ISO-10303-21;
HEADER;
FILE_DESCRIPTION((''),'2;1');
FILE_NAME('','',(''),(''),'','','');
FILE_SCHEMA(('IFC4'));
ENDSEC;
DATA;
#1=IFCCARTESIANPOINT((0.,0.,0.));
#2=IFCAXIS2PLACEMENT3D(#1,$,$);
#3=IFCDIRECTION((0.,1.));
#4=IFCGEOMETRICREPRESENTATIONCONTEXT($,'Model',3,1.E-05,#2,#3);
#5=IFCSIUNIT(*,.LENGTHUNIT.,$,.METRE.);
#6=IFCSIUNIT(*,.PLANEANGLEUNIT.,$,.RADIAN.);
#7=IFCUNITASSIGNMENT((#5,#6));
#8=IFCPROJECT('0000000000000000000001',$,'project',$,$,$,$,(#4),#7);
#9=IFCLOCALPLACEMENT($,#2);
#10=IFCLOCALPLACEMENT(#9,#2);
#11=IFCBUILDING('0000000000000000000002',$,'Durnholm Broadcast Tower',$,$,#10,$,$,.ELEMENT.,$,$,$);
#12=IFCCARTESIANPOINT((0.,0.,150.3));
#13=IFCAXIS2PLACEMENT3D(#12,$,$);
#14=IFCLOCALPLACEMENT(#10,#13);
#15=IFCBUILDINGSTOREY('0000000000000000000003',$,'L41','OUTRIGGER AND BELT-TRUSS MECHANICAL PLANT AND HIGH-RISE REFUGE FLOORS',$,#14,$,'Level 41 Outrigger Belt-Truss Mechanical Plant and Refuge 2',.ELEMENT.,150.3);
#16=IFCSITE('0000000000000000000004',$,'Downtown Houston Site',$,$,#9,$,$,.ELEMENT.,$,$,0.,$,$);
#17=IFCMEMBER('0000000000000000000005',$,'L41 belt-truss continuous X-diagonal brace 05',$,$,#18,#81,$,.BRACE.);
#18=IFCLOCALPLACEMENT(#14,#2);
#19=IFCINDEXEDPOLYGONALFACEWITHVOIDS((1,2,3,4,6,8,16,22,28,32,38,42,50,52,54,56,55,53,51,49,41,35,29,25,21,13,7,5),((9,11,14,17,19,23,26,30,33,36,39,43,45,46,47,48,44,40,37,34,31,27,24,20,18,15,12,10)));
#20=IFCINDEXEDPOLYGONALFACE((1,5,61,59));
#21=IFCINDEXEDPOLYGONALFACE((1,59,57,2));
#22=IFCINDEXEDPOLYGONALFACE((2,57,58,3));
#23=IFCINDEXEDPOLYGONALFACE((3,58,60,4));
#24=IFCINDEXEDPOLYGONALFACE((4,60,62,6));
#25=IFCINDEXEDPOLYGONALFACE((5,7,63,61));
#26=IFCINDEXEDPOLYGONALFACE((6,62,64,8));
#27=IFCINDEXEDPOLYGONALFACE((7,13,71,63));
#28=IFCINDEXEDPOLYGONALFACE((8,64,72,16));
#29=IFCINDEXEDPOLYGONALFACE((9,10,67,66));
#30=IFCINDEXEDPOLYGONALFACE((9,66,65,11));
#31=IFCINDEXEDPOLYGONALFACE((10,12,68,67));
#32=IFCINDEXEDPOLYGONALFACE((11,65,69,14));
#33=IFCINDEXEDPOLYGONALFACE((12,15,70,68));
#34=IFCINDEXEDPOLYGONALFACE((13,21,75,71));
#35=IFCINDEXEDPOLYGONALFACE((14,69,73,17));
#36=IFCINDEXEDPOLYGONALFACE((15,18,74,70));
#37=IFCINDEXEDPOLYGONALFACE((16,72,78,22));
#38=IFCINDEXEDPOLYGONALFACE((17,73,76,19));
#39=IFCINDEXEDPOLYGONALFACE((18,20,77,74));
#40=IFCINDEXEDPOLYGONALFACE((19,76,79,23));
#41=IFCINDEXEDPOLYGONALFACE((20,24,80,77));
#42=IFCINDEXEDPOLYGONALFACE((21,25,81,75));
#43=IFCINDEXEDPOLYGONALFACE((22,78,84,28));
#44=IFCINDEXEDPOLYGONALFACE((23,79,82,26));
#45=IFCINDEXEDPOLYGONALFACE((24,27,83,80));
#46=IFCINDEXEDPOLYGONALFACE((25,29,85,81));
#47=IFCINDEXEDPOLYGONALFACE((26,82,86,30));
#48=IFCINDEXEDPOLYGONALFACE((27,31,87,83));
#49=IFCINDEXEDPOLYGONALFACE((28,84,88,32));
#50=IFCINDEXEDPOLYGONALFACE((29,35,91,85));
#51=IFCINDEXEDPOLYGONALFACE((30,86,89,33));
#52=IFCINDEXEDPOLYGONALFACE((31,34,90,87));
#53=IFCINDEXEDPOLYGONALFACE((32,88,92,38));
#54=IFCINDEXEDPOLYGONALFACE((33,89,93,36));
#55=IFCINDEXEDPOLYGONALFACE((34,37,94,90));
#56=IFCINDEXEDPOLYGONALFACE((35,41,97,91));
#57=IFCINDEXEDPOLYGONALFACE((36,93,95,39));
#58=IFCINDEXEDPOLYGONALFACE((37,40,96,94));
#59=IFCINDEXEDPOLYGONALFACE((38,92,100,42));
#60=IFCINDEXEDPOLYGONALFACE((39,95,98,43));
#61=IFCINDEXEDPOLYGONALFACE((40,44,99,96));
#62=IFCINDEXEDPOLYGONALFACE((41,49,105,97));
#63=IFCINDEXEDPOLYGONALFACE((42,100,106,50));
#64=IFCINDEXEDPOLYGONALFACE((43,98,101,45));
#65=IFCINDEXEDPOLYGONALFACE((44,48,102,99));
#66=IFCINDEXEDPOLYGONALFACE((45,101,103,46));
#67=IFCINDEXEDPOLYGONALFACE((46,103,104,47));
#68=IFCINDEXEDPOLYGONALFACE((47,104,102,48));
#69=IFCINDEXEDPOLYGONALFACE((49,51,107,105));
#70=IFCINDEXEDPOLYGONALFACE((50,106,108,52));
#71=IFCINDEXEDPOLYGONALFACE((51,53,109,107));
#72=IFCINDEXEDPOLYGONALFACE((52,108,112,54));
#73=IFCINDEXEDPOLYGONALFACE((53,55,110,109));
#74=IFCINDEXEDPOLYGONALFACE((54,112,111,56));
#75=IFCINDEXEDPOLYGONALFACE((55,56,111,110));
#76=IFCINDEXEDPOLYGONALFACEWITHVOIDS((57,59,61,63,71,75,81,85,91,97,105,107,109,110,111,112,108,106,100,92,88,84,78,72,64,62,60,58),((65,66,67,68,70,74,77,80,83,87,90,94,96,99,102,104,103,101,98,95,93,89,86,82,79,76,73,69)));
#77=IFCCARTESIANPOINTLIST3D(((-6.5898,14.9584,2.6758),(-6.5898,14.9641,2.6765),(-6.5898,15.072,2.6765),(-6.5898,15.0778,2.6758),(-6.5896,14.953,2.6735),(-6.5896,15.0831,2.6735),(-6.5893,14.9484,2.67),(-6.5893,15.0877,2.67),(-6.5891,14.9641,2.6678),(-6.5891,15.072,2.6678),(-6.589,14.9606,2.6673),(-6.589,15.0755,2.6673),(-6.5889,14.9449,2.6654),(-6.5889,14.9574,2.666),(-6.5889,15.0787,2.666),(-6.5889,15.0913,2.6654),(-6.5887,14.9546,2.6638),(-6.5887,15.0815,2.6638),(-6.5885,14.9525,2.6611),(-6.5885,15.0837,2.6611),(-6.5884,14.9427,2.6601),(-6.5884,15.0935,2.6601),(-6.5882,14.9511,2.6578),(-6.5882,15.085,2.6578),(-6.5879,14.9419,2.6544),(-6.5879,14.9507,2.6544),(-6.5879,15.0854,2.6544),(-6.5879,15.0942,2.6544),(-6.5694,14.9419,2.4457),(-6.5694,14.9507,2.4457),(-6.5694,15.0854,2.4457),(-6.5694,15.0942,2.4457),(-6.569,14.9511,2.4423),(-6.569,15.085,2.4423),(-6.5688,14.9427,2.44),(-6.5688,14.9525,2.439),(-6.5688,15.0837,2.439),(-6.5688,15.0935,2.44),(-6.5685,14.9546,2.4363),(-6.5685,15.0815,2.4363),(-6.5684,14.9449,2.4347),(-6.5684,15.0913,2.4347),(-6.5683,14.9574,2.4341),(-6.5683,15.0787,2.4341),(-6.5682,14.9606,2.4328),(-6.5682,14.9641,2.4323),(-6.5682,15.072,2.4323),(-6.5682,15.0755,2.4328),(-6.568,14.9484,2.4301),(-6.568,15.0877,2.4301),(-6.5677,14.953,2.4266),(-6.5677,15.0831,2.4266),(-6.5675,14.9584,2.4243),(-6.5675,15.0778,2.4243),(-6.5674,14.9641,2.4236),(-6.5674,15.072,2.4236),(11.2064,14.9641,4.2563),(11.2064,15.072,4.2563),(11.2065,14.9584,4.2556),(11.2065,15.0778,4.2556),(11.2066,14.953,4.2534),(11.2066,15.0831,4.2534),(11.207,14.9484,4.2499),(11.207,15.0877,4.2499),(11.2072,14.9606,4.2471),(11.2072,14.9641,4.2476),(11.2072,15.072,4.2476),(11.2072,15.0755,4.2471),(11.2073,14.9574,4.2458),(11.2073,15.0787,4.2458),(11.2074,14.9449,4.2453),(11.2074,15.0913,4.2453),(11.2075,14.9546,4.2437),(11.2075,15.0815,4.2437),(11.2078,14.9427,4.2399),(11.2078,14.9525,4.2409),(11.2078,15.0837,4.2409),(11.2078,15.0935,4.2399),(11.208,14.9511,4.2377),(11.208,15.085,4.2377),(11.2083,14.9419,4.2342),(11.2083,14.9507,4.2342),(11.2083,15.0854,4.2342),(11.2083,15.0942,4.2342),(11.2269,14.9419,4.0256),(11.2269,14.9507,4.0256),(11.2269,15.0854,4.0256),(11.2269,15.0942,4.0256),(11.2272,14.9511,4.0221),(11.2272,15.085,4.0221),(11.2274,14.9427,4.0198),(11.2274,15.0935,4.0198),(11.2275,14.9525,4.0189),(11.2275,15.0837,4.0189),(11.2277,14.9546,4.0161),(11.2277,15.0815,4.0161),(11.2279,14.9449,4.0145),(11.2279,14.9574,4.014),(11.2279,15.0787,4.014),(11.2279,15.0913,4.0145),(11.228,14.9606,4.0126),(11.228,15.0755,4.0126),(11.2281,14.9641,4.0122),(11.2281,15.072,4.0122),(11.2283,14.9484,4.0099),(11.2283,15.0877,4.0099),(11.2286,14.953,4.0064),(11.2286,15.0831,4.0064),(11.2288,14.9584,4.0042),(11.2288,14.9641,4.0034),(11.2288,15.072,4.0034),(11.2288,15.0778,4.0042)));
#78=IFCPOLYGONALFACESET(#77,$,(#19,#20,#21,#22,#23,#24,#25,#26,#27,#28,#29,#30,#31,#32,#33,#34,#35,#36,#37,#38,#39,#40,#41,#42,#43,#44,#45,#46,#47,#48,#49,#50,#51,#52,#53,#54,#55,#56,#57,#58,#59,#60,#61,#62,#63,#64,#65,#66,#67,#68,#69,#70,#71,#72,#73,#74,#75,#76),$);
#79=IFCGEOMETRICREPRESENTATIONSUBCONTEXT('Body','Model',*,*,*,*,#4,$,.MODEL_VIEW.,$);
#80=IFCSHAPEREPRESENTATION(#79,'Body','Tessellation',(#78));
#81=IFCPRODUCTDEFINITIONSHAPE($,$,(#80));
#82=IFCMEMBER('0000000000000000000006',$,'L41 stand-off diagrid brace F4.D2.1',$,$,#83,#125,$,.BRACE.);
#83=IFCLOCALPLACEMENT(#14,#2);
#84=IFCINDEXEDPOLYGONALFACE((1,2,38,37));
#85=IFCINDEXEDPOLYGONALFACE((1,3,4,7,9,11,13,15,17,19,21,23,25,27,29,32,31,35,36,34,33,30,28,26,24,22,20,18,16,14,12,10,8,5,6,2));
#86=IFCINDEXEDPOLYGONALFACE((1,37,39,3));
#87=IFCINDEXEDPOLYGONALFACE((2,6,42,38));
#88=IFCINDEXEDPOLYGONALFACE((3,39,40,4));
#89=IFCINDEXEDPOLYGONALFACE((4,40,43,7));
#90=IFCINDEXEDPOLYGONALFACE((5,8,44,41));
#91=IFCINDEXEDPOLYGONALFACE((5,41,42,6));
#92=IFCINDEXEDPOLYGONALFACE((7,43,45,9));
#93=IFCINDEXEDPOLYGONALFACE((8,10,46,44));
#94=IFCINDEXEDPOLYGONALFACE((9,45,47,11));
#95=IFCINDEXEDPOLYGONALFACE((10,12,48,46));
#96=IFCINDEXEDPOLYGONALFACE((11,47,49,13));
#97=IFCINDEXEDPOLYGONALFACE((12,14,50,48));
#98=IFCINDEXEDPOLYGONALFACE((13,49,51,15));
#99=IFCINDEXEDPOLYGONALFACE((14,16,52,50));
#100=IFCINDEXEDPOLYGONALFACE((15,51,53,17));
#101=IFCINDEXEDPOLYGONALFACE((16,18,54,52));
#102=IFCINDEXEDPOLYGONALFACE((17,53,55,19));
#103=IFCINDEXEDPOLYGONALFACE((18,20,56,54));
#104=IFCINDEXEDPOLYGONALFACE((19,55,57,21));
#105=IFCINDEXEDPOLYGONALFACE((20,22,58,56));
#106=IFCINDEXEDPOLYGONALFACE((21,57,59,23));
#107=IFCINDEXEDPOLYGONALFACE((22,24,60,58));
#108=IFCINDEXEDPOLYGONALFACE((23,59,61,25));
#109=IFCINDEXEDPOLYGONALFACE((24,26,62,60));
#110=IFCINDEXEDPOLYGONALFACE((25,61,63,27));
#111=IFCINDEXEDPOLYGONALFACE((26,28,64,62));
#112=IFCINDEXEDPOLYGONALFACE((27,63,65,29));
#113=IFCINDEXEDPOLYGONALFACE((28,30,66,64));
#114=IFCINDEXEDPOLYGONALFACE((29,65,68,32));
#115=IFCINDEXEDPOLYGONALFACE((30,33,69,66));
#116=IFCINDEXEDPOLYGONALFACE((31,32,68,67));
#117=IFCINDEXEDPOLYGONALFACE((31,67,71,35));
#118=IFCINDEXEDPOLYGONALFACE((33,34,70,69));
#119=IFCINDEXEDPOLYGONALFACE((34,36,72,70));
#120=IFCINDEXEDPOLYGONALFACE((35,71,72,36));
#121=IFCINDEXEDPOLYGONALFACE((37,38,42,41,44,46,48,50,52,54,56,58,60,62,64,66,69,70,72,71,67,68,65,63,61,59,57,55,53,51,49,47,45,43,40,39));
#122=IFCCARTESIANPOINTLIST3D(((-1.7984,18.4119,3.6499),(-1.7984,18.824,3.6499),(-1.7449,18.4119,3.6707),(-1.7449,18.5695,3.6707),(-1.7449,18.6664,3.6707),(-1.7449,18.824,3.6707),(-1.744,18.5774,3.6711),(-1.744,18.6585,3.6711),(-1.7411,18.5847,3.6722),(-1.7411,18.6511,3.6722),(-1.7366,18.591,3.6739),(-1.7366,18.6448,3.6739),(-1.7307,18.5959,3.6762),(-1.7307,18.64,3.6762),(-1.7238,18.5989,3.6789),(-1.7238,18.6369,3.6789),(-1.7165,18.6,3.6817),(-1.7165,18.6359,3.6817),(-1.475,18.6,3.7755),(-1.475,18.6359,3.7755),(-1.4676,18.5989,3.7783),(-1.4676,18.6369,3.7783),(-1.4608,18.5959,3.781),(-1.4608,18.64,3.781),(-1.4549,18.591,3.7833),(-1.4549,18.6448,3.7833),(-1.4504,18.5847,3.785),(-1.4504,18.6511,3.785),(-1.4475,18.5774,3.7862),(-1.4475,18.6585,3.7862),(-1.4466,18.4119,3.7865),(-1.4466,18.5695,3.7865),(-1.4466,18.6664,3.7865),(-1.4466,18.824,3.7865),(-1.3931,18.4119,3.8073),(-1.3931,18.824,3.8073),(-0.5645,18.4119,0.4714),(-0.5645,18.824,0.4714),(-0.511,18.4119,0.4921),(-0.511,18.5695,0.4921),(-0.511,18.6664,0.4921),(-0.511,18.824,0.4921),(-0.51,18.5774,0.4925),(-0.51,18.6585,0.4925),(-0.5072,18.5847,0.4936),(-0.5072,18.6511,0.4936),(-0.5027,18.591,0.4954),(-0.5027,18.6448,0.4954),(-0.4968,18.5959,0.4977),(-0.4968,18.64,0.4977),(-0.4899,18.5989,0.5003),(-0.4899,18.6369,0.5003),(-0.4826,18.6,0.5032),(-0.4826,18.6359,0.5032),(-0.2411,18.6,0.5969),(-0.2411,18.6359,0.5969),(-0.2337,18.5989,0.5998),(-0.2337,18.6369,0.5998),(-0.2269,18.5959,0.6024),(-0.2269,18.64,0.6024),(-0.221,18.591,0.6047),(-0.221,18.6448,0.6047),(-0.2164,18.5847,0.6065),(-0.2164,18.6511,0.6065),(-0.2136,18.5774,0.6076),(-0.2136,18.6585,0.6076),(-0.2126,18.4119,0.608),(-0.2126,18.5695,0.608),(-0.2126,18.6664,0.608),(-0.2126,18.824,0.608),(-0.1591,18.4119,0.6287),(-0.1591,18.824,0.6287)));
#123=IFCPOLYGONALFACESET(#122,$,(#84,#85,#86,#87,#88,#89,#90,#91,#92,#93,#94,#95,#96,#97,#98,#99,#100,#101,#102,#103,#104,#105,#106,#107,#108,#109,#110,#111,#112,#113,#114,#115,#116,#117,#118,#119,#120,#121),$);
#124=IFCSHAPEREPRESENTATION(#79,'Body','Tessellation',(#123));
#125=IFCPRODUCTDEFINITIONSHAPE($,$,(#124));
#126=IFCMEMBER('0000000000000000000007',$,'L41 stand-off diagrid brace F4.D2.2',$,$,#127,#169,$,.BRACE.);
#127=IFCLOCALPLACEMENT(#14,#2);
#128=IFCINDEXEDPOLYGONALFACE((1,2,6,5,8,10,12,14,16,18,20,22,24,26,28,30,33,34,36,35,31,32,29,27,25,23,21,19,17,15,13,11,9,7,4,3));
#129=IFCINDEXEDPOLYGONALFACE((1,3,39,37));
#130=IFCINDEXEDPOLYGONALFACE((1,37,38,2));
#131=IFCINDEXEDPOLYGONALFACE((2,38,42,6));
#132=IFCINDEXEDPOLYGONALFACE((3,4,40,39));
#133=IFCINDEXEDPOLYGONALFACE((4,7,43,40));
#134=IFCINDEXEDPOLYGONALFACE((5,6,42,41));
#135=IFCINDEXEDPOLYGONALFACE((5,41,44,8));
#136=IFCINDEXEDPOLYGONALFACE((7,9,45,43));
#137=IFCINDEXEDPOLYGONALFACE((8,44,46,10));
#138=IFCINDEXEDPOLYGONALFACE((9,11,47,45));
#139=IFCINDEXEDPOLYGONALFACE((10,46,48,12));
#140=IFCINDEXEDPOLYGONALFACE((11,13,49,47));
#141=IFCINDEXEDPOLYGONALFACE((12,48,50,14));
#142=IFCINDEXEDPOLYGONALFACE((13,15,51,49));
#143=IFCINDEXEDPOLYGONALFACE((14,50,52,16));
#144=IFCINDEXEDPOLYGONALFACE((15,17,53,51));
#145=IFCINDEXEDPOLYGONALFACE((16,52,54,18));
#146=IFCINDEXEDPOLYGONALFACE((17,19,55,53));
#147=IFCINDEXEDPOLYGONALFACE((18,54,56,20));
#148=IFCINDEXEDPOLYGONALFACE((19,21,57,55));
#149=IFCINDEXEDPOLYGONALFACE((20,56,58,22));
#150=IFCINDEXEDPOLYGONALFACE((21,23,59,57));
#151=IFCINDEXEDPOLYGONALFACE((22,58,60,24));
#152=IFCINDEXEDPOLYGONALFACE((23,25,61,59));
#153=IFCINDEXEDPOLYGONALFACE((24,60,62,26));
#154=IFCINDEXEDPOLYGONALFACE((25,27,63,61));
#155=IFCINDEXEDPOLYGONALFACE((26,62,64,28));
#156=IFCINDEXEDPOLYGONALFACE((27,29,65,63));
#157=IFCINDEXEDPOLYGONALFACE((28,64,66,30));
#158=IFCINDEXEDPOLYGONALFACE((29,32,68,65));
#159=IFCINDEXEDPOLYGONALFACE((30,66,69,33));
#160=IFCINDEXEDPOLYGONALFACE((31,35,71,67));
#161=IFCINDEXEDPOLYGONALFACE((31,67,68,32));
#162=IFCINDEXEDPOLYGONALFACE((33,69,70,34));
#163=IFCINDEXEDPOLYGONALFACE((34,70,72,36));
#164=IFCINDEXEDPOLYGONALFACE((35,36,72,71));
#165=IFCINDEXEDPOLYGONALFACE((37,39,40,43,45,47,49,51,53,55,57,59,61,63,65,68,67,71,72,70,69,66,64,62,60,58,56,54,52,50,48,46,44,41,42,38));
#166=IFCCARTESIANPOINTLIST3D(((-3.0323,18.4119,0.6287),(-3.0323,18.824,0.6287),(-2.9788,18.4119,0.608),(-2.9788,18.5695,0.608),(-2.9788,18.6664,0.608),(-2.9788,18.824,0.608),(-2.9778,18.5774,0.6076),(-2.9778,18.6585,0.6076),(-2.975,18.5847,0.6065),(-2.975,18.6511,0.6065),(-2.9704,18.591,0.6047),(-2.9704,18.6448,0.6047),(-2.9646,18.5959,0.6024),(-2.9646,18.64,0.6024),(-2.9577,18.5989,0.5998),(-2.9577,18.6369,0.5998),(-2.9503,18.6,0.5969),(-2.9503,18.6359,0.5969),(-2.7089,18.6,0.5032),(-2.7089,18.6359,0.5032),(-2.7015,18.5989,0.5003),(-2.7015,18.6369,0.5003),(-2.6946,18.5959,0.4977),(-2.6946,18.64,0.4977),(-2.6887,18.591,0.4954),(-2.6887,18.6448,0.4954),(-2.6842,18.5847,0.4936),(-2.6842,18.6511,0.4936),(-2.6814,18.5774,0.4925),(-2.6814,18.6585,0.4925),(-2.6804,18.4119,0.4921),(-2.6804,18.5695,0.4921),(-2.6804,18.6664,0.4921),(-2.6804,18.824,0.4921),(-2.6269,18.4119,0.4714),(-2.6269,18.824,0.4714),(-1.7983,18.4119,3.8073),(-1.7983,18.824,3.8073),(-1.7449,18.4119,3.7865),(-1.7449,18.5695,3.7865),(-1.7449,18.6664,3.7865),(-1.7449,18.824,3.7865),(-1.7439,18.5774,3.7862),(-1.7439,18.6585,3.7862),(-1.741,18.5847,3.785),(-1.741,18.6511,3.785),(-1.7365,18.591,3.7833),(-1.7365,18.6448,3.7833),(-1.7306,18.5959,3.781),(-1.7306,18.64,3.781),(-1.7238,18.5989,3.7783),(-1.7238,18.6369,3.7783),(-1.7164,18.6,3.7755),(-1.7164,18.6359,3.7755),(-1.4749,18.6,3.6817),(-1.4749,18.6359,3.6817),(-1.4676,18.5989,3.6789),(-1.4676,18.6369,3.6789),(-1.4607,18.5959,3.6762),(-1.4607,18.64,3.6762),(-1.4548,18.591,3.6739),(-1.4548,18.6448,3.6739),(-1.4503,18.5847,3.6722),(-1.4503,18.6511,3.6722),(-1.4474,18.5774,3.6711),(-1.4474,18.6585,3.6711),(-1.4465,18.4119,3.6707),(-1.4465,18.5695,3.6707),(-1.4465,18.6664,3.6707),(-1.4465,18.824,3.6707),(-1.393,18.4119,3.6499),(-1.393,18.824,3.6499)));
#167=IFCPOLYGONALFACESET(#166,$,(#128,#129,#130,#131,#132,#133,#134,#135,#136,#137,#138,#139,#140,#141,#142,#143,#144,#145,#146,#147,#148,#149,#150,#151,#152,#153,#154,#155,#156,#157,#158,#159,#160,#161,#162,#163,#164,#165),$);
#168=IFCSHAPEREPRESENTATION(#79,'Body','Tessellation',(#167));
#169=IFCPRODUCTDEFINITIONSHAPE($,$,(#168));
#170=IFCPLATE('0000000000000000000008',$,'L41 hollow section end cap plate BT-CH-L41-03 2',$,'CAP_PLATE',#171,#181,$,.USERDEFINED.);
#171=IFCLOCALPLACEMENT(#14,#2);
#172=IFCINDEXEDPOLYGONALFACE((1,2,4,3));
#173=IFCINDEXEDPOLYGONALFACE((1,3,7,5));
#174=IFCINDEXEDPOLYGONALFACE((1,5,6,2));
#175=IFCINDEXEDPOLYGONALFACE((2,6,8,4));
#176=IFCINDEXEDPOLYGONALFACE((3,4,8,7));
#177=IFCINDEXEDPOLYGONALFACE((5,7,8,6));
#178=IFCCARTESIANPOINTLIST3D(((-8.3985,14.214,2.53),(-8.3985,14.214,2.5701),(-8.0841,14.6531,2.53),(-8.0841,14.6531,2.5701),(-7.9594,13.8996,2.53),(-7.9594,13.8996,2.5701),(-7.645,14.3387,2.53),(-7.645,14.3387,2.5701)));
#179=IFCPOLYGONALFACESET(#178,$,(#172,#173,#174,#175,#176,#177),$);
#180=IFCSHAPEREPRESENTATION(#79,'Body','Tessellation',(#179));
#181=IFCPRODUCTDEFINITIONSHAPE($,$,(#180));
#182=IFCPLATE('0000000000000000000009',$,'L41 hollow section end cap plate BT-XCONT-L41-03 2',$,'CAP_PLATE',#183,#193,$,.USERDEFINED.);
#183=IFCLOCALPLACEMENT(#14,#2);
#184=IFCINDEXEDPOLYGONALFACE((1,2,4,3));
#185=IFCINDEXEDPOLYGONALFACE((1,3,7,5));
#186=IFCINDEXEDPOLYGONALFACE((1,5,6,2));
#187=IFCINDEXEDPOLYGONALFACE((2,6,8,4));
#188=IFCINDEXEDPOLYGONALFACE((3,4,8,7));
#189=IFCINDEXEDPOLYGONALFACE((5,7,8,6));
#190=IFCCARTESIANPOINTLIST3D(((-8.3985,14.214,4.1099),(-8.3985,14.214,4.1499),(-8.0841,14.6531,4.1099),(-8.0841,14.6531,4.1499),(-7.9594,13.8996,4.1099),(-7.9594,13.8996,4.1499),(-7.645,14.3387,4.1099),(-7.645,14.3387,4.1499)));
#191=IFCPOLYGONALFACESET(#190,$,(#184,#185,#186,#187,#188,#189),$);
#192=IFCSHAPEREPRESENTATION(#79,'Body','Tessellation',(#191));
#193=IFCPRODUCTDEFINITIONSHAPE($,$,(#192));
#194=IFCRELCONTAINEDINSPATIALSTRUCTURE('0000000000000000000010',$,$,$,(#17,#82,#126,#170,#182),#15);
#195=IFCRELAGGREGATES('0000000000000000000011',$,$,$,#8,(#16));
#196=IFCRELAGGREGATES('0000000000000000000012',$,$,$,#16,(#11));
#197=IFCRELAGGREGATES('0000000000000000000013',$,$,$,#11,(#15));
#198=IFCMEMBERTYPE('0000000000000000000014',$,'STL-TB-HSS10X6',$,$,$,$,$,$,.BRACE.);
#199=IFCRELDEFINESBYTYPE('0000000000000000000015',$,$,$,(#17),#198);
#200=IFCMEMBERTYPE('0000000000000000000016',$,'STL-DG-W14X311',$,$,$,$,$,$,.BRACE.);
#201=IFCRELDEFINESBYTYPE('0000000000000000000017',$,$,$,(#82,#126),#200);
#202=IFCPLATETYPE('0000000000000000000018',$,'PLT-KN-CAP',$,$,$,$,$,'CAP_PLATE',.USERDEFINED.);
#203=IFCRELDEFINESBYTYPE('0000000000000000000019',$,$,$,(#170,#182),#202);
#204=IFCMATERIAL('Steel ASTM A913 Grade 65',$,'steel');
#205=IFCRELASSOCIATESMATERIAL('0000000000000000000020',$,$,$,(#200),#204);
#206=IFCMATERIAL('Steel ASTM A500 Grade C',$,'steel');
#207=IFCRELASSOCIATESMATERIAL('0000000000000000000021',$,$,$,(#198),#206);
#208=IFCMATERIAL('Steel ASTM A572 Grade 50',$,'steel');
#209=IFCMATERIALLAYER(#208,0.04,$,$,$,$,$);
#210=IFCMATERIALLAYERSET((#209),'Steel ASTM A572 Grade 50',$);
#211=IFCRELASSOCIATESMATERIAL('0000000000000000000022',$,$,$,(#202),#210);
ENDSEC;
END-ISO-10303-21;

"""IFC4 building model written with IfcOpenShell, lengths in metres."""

from ifc_helpers import new_model, si_unit, direction, frame, origin, origin_2d, place, context, subcontext, project, spatial, rectangle, hollow_rectangle, i_section, extrude, source, transform, mapped, material, layer, layer_set, material_profile, profile_set, type_object, type_shapes, element, save


model = new_model("IFC4")

# Units and contexts
model_context = context("Model", 3, precision=1e-05, world=origin(), true_north=direction((0.0, 1.0)))
body_context = subcontext(model_context, "Body", "Model", "MODEL_VIEW")
ifc_project = project(units=[si_unit("LENGTHUNIT", "METRE"), si_unit("PLANEANGLEUNIT", "RADIAN")], contexts=[model_context])

# Site, building, storey
site_placement = place(None, origin())
site = spatial("IfcSite", under=ifc_project, at=site_placement, Name="Downtown Houston Site", CompositionType="ELEMENT", RefElevation=0.0)
building_placement = place(site_placement, origin())
building = spatial("IfcBuilding", under=site, at=building_placement, Name="Durnholm Broadcast Tower", CompositionType="ELEMENT")
storey_placement = place(building_placement, frame((0.0, 0.0, 150.3)))
storey = spatial("IfcBuildingStorey", under=building, at=storey_placement, Name="L41", Description="OUTRIGGER AND BELT-TRUSS MECHANICAL PLANT AND HIGH-RISE REFUGE FLOORS", LongName="Level 41 Outrigger Belt-Truss Mechanical Plant and Refuge 2", CompositionType="ELEMENT", Elevation=150.3)

# Members
ifc_material_1 = material(Name="Steel ASTM A913 Grade 65", Category="steel")
ifc_material_profile_1 = material_profile(ifc_material_1, i_section(OverallWidth=0.4121, OverallDepth=0.4348, WebThickness=0.0359, FlangeThickness=0.0574, FilletRadius=0.0305, at=origin_2d()), Name="W14X311")
ifc_profile_set_1 = profile_set([ifc_material_profile_1], Name="Steel ASTM A913 Grade 65")
member_type_1 = type_object("IfcMemberType", Name="STL-DG-W14X311", PredefinedType="BRACE", material=ifc_profile_set_1)
ifc_material_2 = material(Name="Steel ASTM A500 Grade C", Category="steel")
ifc_material_profile_2 = material_profile(ifc_material_2, hollow_rectangle(XDim=0.1523, YDim=0.2539, WallThickness=0.0088, InnerFilletRadius=0.0134, OuterFilletRadius=0.0222, at=origin_2d()), Name="HSS10X6X3/8")
ifc_profile_set_2 = profile_set([ifc_material_profile_2], Name="Steel ASTM A500 Grade C")
member_type_2 = type_object("IfcMemberType", Name="STL-TB-HSS10X6", PredefinedType="BRACE", material=ifc_profile_set_2)
shared_shape_1 = source(origin(), body_context, "Body", "SweptSolid", [
    extrude(hollow_rectangle(XDim=0.1523, YDim=0.2539, WallThickness=0.0088, InnerFilletRadius=0.0134, OuterFilletRadius=0.0222, at=origin_2d()), origin(), (0.0, 0.0, 1.0), 17.8662),
])
type_shapes(member_type_2, [shared_shape_1])
member_1_placement = place(storey_placement, frame((-6.5786, 15.0181, 2.55), z_axis=(0.996083, 0.0, 0.088426), x_axis=(0.0, 1.0, 0.0)))
element("IfcMember", 1, at=member_1_placement, inside=storey, type_object=member_type_2, Name="L41 belt-truss continuous X-diagonal brace 05", PredefinedType="BRACE", context=body_context, shape_type="MappedRepresentation", body=[
    mapped(shared_shape_1, transform((0.0, 0.0, 0.0), x_axis=(1.0, 0.0, 0.0), y_axis=(0.0, 1.0, 0.0), z_axis=(0.0, 0.0, 1.0), scale=1.0)),
])
shared_shape_2 = source(origin(), body_context, "Body", "SweptSolid", [
    extrude(i_section(OverallWidth=0.4121, OverallDepth=0.4348, WebThickness=0.0359, FlangeThickness=0.0574, FilletRadius=0.0305, at=origin_2d()), origin(), (0.0, 0.0, 1.0), 3.4097),
])
for number, where, z_axis, x_axis, name in (
    (2, (-0.3618, 18.6179, 0.55), (-0.36189, 0.0, 0.932221), (0.0, -1.0, 0.0), "L41 stand-off diagrid brace F4.D2.1"),
    (3, (-2.8296, 18.6179, 0.55), (0.36189, 0.0, 0.932221), (0.0, 1.0, 0.0), "L41 stand-off diagrid brace F4.D2.2"),
):
    element("IfcMember", number, at=place(storey_placement, frame(where, z_axis=z_axis, x_axis=x_axis)), inside=storey, type_object=member_type_1, Name=name, PredefinedType="BRACE", context=body_context, shape_type="MappedRepresentation", body=[
        mapped(shared_shape_2, transform((0.0, 0.0, 0.0), x_axis=(1.0, 0.0, 0.0), y_axis=(0.0, 1.0, 0.0), z_axis=(0.0, 0.0, 1.0), scale=1.0)),
    ])

# Plates
ifc_material_3 = material(Name="Steel ASTM A572 Grade 50", Category="steel")
ifc_layer_1 = layer(ifc_material_3, 0.04)
ifc_layer_set_1 = layer_set([ifc_layer_1], Name="Steel ASTM A572 Grade 50")
plate_type_1 = type_object("IfcPlateType", Name="PLT-KN-CAP", ElementType="CAP_PLATE", PredefinedType="USERDEFINED", material=ifc_layer_set_1)
shared_shape_3 = source(origin(), body_context, "Body", "SweptSolid", [
    extrude(rectangle(XDim=0.54, YDim=0.54, at=origin_2d()), origin(), (0.0, 0.0, 1.0), 0.04),
])
type_shapes(plate_type_1, [shared_shape_3])
for number, where, z_axis, x_axis, name in (
    (4, (-8.0217, 14.2764, 2.53), (0.0, 0.0, 1.0), (0.582123, 0.813101, 0.0), "L41 hollow section end cap plate BT-CH-L41-03 2"),
    (5, (-8.0217, 14.2764, 4.1099), (0.0, 0.0, 1.0), (0.582123, 0.813101, 0.0), "L41 hollow section end cap plate BT-XCONT-L41-03 2"),
):
    element("IfcPlate", number, at=place(storey_placement, frame(where, z_axis=z_axis, x_axis=x_axis)), inside=storey, type_object=plate_type_1, Name=name, ObjectType="CAP_PLATE", PredefinedType="USERDEFINED", context=body_context, shape_type="MappedRepresentation", body=[
        mapped(shared_shape_3, transform((0.0, 0.0, 0.0), x_axis=(1.0, 0.0, 0.0), y_axis=(0.0, 1.0, 0.0), z_axis=(0.0, 0.0, 1.0), scale=1.0)),
    ])

save(model, "model.ifc")
